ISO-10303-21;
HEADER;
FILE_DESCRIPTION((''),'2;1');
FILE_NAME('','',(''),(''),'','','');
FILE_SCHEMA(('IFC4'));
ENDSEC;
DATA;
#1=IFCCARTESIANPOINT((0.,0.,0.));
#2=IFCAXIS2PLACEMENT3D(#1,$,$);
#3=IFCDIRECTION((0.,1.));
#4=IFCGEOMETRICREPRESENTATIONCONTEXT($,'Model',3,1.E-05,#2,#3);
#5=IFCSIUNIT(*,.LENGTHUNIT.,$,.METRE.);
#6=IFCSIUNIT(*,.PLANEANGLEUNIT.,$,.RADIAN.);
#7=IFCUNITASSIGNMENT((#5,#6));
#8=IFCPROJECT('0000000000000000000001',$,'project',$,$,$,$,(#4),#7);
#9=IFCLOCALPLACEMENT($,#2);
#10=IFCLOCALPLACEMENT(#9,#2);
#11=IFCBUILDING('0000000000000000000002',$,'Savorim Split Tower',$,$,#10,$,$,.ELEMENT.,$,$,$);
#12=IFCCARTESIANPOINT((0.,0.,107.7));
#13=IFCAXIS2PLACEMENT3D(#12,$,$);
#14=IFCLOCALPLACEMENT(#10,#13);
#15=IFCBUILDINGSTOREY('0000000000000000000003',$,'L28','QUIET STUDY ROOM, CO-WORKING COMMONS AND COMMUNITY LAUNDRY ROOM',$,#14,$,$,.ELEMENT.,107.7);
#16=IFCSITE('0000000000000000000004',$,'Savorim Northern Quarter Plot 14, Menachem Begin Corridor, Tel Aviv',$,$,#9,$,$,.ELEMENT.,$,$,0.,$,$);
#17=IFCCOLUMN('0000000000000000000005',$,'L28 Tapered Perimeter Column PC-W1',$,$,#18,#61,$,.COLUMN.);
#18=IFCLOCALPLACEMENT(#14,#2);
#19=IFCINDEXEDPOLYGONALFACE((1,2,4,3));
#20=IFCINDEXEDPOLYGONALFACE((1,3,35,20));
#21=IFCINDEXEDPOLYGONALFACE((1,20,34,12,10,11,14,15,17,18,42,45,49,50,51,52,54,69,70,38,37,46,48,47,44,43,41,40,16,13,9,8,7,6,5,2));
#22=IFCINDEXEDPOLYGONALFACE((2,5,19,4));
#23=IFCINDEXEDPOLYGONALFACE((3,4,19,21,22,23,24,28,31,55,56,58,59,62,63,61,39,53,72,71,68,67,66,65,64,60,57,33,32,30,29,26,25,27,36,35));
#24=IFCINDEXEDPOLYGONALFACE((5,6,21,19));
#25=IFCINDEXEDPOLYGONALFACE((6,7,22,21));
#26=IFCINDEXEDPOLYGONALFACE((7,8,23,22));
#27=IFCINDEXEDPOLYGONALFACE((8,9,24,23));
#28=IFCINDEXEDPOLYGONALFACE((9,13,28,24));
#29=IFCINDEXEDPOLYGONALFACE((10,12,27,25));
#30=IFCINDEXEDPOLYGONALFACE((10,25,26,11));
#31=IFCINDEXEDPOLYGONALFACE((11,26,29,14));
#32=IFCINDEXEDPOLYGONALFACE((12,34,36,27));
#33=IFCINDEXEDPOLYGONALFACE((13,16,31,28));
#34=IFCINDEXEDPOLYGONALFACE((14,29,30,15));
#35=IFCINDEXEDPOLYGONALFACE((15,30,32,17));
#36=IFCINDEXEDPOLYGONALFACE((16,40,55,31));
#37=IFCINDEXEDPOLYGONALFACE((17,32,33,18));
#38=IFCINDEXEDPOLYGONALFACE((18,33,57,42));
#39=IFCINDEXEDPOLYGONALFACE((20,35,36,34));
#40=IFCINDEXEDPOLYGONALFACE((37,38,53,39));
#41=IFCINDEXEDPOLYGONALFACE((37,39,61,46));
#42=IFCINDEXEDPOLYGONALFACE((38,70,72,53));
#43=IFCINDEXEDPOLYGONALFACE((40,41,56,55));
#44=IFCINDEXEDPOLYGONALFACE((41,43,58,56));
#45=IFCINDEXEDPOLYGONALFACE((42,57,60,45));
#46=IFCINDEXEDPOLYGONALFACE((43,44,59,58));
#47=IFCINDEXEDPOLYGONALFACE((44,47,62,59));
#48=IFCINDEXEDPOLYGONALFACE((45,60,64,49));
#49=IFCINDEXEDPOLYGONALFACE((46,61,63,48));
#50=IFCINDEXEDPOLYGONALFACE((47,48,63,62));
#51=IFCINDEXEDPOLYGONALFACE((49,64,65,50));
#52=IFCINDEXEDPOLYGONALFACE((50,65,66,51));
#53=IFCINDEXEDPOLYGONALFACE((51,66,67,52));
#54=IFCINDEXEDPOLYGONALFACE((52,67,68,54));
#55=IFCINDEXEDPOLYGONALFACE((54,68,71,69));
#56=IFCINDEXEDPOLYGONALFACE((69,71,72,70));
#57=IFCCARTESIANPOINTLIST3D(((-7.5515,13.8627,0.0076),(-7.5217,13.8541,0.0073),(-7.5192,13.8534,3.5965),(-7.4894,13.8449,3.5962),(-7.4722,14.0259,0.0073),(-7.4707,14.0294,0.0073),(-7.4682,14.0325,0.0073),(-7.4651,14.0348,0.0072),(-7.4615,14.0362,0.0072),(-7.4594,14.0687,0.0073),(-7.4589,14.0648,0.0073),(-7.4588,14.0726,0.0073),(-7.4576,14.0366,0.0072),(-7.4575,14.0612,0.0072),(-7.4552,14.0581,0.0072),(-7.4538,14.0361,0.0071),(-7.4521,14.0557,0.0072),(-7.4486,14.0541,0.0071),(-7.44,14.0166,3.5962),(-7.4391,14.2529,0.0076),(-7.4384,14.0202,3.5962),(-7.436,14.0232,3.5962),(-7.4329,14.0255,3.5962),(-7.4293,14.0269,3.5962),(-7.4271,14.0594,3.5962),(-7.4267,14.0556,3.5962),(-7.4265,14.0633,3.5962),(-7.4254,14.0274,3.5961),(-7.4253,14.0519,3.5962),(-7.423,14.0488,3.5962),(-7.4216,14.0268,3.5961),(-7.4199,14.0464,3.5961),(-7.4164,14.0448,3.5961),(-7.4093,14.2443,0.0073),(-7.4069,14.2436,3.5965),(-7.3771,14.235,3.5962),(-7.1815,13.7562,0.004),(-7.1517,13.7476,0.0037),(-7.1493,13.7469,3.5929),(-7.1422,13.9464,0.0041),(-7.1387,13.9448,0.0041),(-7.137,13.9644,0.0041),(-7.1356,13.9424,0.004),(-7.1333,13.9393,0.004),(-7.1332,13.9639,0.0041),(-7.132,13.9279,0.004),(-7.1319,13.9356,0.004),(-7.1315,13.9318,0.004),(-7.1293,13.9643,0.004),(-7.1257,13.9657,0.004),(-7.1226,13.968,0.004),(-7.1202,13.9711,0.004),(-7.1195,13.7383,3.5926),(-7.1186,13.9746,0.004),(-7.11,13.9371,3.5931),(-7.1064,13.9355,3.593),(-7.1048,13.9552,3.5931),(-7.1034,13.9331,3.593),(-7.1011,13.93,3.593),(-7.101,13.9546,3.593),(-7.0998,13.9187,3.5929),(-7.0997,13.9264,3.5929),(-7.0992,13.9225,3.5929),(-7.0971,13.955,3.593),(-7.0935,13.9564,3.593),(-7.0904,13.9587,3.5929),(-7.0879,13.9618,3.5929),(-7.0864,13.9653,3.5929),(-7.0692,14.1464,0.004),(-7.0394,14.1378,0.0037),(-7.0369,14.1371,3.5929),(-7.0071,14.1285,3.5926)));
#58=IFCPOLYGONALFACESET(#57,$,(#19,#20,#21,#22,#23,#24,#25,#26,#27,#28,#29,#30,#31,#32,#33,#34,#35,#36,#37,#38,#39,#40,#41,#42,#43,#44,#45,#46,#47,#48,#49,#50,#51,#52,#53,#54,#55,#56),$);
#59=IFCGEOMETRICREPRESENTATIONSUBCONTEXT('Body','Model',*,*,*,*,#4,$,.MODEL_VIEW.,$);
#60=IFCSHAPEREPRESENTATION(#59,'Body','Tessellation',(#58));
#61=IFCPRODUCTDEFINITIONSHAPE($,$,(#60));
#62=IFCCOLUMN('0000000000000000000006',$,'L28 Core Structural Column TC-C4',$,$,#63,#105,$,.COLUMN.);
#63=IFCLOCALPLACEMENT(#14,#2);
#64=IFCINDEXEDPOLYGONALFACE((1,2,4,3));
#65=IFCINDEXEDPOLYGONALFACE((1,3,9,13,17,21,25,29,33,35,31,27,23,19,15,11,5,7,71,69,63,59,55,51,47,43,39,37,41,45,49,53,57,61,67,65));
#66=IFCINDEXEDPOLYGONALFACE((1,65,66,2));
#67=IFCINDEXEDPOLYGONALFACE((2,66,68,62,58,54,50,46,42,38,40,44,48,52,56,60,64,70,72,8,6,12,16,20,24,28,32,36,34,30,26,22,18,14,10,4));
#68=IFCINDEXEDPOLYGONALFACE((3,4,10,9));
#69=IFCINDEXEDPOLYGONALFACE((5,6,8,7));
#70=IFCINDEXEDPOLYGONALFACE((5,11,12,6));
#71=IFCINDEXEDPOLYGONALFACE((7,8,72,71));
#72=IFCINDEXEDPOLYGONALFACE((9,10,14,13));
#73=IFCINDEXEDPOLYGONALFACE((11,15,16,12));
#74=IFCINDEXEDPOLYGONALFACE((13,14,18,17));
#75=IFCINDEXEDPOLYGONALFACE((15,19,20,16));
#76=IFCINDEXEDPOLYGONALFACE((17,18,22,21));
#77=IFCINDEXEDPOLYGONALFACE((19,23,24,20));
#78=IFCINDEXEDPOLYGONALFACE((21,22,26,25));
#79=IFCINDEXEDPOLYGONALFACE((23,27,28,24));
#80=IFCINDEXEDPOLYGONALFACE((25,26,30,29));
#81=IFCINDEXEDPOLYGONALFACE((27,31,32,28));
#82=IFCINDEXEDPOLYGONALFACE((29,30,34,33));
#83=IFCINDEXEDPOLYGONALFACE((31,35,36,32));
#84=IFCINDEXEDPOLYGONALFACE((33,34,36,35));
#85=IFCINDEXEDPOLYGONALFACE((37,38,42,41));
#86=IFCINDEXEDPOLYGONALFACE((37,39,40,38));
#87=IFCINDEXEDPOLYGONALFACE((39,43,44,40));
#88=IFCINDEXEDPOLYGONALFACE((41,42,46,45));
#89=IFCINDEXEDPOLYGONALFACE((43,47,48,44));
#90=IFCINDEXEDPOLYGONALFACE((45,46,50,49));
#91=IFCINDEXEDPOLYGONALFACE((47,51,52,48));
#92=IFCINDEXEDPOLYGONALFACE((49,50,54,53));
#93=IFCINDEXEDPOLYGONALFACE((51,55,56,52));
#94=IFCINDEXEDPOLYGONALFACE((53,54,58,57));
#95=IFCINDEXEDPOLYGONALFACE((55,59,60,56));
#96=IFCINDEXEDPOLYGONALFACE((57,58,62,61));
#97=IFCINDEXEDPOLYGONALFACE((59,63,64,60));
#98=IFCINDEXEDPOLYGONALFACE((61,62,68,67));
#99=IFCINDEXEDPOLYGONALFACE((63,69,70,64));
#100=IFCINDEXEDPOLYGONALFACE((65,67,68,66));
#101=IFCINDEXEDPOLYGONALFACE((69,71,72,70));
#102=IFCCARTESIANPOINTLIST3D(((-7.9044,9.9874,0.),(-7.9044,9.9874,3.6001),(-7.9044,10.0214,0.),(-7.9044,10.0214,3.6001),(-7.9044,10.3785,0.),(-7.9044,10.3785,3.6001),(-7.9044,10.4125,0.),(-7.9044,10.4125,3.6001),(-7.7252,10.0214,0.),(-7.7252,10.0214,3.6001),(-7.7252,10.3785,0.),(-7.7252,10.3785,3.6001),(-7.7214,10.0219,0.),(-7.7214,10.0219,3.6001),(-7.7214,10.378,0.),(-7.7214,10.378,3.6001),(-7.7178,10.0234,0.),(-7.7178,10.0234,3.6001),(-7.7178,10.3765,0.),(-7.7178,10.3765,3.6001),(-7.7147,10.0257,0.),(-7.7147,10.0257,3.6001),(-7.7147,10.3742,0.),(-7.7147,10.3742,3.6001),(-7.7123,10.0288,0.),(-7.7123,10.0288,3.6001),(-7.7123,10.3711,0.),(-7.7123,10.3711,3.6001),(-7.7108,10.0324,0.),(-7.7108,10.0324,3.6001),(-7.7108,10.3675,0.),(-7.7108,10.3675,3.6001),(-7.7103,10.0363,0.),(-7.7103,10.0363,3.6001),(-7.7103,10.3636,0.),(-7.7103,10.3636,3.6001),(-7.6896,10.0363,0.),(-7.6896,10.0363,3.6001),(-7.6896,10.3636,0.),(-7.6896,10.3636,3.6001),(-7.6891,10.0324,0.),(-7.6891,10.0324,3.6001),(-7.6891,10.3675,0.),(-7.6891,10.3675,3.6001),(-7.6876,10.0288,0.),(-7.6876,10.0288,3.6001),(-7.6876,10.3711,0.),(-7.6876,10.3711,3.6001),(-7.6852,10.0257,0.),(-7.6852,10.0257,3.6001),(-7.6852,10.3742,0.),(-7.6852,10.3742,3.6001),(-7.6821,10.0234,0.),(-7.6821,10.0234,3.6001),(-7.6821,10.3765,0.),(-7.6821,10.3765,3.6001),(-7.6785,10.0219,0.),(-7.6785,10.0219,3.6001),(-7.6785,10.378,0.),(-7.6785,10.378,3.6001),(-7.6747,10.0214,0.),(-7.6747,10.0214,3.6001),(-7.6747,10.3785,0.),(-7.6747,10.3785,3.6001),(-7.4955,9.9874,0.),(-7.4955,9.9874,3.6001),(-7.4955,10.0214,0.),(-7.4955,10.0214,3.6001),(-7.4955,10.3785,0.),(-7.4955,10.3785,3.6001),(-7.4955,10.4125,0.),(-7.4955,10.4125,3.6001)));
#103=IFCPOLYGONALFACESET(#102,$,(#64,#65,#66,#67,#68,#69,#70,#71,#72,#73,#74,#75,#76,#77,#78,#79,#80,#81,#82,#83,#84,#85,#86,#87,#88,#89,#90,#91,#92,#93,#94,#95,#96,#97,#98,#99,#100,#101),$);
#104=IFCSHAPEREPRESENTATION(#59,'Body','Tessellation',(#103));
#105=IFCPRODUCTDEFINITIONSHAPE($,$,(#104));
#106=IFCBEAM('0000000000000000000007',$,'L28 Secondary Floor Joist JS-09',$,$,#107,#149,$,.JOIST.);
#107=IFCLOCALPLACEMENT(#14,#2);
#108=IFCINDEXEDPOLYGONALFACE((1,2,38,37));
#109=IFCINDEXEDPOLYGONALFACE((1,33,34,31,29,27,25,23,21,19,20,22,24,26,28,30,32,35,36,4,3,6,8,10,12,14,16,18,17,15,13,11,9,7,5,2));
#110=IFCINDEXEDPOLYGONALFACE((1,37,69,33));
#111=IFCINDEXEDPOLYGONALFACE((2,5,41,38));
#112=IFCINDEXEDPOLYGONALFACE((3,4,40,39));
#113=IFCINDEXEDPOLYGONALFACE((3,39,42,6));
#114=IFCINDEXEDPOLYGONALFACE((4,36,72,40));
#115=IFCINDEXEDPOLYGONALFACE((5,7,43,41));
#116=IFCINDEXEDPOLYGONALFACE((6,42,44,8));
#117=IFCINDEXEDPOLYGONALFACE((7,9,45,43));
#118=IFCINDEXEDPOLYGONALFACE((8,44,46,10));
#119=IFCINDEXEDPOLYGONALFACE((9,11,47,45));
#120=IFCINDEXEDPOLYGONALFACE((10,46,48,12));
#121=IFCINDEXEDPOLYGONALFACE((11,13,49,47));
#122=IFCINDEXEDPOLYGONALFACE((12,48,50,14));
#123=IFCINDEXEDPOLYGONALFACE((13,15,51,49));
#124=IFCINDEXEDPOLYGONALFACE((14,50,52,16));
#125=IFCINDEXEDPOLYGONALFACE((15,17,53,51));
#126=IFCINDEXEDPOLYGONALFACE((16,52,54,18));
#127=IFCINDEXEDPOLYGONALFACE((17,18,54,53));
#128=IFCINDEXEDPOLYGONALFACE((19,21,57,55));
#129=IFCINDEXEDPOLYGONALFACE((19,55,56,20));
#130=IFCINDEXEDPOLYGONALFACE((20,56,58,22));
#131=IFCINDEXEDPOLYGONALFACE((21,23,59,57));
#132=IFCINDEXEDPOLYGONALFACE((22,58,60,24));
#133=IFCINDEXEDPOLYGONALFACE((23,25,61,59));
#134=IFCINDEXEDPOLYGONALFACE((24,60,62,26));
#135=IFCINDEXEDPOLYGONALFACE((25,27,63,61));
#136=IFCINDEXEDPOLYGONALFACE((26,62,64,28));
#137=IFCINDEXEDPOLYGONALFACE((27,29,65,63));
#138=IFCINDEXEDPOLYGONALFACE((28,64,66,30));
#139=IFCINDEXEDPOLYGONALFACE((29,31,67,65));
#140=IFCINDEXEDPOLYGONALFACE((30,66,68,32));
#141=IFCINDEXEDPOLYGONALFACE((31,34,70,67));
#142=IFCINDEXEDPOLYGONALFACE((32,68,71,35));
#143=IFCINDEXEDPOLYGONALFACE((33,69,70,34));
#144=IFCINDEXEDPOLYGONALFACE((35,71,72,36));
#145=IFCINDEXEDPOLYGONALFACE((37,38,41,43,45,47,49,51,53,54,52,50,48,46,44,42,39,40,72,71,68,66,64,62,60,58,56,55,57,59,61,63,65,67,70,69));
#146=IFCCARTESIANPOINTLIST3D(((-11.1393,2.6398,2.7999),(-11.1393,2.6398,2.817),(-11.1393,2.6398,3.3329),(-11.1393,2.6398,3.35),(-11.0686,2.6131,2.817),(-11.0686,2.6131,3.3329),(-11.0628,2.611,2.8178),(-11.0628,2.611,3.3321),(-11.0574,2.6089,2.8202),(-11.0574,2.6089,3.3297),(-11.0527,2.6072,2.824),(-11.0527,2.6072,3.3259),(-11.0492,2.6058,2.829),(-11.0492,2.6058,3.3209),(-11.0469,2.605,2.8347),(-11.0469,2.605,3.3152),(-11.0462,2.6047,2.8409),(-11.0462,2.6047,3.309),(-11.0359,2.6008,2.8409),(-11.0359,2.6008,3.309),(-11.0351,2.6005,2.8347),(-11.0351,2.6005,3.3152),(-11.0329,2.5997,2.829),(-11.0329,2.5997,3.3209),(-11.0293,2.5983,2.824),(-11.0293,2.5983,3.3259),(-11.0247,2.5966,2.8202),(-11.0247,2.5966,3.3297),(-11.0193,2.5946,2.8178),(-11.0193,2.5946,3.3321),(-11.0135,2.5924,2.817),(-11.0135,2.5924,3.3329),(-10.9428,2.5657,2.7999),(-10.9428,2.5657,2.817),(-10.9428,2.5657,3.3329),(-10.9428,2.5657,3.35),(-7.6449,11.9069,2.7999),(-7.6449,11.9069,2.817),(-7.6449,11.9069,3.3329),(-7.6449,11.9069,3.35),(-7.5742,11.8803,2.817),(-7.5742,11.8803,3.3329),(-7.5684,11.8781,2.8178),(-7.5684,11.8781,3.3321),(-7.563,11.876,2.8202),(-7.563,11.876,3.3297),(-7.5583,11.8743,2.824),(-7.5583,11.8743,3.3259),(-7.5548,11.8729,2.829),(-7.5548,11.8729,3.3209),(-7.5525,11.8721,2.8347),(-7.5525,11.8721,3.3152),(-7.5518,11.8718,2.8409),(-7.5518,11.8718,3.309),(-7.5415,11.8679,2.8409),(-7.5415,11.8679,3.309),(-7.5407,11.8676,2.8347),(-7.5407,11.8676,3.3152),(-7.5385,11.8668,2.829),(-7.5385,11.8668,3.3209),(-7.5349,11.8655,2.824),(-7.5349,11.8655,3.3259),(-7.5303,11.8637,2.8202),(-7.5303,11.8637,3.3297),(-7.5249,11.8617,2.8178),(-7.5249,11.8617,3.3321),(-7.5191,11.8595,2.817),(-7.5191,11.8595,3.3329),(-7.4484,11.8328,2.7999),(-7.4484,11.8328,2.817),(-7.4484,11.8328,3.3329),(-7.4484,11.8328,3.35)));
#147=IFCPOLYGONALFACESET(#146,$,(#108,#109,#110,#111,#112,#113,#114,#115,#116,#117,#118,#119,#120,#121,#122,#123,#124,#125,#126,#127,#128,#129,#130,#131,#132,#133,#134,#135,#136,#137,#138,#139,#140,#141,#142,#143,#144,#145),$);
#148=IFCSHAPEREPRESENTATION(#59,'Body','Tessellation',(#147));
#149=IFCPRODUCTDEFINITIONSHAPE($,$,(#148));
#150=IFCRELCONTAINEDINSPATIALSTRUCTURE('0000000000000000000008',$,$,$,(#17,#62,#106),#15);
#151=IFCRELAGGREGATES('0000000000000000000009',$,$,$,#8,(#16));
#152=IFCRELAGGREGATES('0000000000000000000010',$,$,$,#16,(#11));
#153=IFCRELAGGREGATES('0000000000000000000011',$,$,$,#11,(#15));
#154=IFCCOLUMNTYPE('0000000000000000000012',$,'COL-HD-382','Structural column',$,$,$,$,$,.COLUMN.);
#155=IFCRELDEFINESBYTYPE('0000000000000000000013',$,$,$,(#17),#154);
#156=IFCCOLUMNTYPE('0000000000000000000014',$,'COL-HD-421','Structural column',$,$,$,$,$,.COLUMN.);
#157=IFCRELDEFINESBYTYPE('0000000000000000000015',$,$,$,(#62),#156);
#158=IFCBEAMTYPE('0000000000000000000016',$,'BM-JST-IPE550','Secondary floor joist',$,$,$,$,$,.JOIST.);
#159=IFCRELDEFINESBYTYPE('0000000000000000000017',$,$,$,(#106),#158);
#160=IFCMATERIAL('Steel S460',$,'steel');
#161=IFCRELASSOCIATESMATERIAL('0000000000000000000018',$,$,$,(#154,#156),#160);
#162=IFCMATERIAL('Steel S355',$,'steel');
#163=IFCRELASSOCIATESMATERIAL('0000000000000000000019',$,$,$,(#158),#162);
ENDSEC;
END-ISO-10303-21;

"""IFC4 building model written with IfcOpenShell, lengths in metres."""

from ifc_helpers import new_model, si_unit, direction, frame, origin, origin_2d, place, context, subcontext, project, spatial, i_section, extrude, material, material_profile, profile_set, type_object, element, save


model = new_model("IFC4")

# Units and contexts
model_context = context("Model", 3, precision=1e-05, world=origin(), true_north=direction((0.0, 1.0)))
body_context = subcontext(model_context, "Body", "Model", "MODEL_VIEW")
ifc_project = project(units=[si_unit("LENGTHUNIT", "METRE"), si_unit("PLANEANGLEUNIT", "RADIAN")], contexts=[model_context])

# Site, building, storey
site_placement = place(None, origin())
site = spatial("IfcSite", under=ifc_project, at=site_placement, Name="Savorim Northern Quarter Plot 14, Menachem Begin Corridor, Tel Aviv", CompositionType="ELEMENT", RefElevation=0.0)
building_placement = place(site_placement, origin())
building = spatial("IfcBuilding", under=site, at=building_placement, Name="Savorim Split Tower", CompositionType="ELEMENT")
storey_placement = place(building_placement, frame((0.0, 0.0, 107.7)))
storey = spatial("IfcBuildingStorey", under=building, at=storey_placement, Name="L28", Description="QUIET STUDY ROOM, CO-WORKING COMMONS AND COMMUNITY LAUNDRY ROOM", CompositionType="ELEMENT", Elevation=107.7)

# Columns
ifc_material_1 = material(Name="Steel S460", Category="steel")
ifc_material_profile_1 = material_profile(ifc_material_1, i_section(OverallWidth=0.406, OverallDepth=0.416, WebThickness=0.0188, FlangeThickness=0.031, FilletRadius=0.0149, at=origin_2d()), Name="HD 400x382")
ifc_profile_set_1 = profile_set([ifc_material_profile_1], Name="Steel S460")
column_type_1 = type_object("IfcColumnType", Name="COL-HD-382", Description="Structural column", PredefinedType="COLUMN", material=ifc_profile_set_1)
column_1_placement = place(storey_placement, frame((-7.2954, 14.0002, 0.0056), z_axis=(0.008979, -0.002585, 0.999956), x_axis=(0.276644, 0.960973, 0.0)))
element("IfcColumn", 1, at=column_1_placement, inside=storey, type_object=column_type_1, Name="L28 Tapered Perimeter Column PC-W1", PredefinedType="COLUMN", context=body_context, shape_type="SweptSolid", body=[
    extrude(i_section(OverallWidth=0.406, OverallDepth=0.416, WebThickness=0.0188, FlangeThickness=0.031, FilletRadius=0.0149, at=origin_2d()), origin(), (0.0, 0.0, 1.0), 3.5891),
])
ifc_material_profile_2 = material_profile(ifc_material_1, i_section(OverallWidth=0.4089, OverallDepth=0.425, WebThickness=0.0208, FlangeThickness=0.0339, FilletRadius=0.0149, at=origin_2d()), Name="HD 400x421")
ifc_profile_set_2 = profile_set([ifc_material_profile_2], Name="Steel S460")
column_type_2 = type_object("IfcColumnType", Name="COL-HD-421", Description="Structural column", PredefinedType="COLUMN", material=ifc_profile_set_2)
column_2_placement = place(storey_placement, frame((-7.7, 10.2, 0.0), z_axis=(0.0, 0.0, 1.0), x_axis=(1.0, 0.0, 0.0)))
element("IfcColumn", 2, at=column_2_placement, inside=storey, type_object=column_type_2, Name="L28 Core Structural Column TC-C4", PredefinedType="COLUMN", context=body_context, shape_type="SweptSolid", body=[
    extrude(i_section(OverallWidth=0.4089, OverallDepth=0.425, WebThickness=0.0208, FlangeThickness=0.0339, FilletRadius=0.0149, at=origin_2d()), origin(), (0.0, 0.0, 1.0), 3.6001),
])

# Beam
ifc_material_2 = material(Name="Steel S355", Category="steel")
ifc_material_profile_3 = material_profile(ifc_material_2, i_section(OverallWidth=0.21, OverallDepth=0.55, WebThickness=0.011, FlangeThickness=0.0171, FilletRadius=0.0239, at=origin_2d()), Name="IPE 550")
ifc_profile_set_3 = profile_set([ifc_material_profile_3], Name="Steel S355")
beam_type_1 = type_object("IfcBeamType", Name="BM-JST-IPE550", Description="Secondary floor joist", PredefinedType="JOIST", material=ifc_profile_set_3)
beam_1_placement = place(storey_placement, frame((-7.5466, 11.8699, 3.075), z_axis=(-0.352825, -0.935689, 0.0), x_axis=(0.935689, -0.352825, 0.0)))
element("IfcBeam", 3, at=beam_1_placement, inside=storey, type_object=beam_type_1, Name="L28 Secondary Floor Joist JS-09", PredefinedType="JOIST", context=body_context, shape_type="SweptSolid", body=[
    extrude(i_section(OverallWidth=0.21, OverallDepth=0.55, WebThickness=0.011, FlangeThickness=0.0171, FilletRadius=0.0239, at=origin_2d()), origin(), (0.0, 0.0, 1.0), 9.9041),
])

save(model, "model.ifc")
